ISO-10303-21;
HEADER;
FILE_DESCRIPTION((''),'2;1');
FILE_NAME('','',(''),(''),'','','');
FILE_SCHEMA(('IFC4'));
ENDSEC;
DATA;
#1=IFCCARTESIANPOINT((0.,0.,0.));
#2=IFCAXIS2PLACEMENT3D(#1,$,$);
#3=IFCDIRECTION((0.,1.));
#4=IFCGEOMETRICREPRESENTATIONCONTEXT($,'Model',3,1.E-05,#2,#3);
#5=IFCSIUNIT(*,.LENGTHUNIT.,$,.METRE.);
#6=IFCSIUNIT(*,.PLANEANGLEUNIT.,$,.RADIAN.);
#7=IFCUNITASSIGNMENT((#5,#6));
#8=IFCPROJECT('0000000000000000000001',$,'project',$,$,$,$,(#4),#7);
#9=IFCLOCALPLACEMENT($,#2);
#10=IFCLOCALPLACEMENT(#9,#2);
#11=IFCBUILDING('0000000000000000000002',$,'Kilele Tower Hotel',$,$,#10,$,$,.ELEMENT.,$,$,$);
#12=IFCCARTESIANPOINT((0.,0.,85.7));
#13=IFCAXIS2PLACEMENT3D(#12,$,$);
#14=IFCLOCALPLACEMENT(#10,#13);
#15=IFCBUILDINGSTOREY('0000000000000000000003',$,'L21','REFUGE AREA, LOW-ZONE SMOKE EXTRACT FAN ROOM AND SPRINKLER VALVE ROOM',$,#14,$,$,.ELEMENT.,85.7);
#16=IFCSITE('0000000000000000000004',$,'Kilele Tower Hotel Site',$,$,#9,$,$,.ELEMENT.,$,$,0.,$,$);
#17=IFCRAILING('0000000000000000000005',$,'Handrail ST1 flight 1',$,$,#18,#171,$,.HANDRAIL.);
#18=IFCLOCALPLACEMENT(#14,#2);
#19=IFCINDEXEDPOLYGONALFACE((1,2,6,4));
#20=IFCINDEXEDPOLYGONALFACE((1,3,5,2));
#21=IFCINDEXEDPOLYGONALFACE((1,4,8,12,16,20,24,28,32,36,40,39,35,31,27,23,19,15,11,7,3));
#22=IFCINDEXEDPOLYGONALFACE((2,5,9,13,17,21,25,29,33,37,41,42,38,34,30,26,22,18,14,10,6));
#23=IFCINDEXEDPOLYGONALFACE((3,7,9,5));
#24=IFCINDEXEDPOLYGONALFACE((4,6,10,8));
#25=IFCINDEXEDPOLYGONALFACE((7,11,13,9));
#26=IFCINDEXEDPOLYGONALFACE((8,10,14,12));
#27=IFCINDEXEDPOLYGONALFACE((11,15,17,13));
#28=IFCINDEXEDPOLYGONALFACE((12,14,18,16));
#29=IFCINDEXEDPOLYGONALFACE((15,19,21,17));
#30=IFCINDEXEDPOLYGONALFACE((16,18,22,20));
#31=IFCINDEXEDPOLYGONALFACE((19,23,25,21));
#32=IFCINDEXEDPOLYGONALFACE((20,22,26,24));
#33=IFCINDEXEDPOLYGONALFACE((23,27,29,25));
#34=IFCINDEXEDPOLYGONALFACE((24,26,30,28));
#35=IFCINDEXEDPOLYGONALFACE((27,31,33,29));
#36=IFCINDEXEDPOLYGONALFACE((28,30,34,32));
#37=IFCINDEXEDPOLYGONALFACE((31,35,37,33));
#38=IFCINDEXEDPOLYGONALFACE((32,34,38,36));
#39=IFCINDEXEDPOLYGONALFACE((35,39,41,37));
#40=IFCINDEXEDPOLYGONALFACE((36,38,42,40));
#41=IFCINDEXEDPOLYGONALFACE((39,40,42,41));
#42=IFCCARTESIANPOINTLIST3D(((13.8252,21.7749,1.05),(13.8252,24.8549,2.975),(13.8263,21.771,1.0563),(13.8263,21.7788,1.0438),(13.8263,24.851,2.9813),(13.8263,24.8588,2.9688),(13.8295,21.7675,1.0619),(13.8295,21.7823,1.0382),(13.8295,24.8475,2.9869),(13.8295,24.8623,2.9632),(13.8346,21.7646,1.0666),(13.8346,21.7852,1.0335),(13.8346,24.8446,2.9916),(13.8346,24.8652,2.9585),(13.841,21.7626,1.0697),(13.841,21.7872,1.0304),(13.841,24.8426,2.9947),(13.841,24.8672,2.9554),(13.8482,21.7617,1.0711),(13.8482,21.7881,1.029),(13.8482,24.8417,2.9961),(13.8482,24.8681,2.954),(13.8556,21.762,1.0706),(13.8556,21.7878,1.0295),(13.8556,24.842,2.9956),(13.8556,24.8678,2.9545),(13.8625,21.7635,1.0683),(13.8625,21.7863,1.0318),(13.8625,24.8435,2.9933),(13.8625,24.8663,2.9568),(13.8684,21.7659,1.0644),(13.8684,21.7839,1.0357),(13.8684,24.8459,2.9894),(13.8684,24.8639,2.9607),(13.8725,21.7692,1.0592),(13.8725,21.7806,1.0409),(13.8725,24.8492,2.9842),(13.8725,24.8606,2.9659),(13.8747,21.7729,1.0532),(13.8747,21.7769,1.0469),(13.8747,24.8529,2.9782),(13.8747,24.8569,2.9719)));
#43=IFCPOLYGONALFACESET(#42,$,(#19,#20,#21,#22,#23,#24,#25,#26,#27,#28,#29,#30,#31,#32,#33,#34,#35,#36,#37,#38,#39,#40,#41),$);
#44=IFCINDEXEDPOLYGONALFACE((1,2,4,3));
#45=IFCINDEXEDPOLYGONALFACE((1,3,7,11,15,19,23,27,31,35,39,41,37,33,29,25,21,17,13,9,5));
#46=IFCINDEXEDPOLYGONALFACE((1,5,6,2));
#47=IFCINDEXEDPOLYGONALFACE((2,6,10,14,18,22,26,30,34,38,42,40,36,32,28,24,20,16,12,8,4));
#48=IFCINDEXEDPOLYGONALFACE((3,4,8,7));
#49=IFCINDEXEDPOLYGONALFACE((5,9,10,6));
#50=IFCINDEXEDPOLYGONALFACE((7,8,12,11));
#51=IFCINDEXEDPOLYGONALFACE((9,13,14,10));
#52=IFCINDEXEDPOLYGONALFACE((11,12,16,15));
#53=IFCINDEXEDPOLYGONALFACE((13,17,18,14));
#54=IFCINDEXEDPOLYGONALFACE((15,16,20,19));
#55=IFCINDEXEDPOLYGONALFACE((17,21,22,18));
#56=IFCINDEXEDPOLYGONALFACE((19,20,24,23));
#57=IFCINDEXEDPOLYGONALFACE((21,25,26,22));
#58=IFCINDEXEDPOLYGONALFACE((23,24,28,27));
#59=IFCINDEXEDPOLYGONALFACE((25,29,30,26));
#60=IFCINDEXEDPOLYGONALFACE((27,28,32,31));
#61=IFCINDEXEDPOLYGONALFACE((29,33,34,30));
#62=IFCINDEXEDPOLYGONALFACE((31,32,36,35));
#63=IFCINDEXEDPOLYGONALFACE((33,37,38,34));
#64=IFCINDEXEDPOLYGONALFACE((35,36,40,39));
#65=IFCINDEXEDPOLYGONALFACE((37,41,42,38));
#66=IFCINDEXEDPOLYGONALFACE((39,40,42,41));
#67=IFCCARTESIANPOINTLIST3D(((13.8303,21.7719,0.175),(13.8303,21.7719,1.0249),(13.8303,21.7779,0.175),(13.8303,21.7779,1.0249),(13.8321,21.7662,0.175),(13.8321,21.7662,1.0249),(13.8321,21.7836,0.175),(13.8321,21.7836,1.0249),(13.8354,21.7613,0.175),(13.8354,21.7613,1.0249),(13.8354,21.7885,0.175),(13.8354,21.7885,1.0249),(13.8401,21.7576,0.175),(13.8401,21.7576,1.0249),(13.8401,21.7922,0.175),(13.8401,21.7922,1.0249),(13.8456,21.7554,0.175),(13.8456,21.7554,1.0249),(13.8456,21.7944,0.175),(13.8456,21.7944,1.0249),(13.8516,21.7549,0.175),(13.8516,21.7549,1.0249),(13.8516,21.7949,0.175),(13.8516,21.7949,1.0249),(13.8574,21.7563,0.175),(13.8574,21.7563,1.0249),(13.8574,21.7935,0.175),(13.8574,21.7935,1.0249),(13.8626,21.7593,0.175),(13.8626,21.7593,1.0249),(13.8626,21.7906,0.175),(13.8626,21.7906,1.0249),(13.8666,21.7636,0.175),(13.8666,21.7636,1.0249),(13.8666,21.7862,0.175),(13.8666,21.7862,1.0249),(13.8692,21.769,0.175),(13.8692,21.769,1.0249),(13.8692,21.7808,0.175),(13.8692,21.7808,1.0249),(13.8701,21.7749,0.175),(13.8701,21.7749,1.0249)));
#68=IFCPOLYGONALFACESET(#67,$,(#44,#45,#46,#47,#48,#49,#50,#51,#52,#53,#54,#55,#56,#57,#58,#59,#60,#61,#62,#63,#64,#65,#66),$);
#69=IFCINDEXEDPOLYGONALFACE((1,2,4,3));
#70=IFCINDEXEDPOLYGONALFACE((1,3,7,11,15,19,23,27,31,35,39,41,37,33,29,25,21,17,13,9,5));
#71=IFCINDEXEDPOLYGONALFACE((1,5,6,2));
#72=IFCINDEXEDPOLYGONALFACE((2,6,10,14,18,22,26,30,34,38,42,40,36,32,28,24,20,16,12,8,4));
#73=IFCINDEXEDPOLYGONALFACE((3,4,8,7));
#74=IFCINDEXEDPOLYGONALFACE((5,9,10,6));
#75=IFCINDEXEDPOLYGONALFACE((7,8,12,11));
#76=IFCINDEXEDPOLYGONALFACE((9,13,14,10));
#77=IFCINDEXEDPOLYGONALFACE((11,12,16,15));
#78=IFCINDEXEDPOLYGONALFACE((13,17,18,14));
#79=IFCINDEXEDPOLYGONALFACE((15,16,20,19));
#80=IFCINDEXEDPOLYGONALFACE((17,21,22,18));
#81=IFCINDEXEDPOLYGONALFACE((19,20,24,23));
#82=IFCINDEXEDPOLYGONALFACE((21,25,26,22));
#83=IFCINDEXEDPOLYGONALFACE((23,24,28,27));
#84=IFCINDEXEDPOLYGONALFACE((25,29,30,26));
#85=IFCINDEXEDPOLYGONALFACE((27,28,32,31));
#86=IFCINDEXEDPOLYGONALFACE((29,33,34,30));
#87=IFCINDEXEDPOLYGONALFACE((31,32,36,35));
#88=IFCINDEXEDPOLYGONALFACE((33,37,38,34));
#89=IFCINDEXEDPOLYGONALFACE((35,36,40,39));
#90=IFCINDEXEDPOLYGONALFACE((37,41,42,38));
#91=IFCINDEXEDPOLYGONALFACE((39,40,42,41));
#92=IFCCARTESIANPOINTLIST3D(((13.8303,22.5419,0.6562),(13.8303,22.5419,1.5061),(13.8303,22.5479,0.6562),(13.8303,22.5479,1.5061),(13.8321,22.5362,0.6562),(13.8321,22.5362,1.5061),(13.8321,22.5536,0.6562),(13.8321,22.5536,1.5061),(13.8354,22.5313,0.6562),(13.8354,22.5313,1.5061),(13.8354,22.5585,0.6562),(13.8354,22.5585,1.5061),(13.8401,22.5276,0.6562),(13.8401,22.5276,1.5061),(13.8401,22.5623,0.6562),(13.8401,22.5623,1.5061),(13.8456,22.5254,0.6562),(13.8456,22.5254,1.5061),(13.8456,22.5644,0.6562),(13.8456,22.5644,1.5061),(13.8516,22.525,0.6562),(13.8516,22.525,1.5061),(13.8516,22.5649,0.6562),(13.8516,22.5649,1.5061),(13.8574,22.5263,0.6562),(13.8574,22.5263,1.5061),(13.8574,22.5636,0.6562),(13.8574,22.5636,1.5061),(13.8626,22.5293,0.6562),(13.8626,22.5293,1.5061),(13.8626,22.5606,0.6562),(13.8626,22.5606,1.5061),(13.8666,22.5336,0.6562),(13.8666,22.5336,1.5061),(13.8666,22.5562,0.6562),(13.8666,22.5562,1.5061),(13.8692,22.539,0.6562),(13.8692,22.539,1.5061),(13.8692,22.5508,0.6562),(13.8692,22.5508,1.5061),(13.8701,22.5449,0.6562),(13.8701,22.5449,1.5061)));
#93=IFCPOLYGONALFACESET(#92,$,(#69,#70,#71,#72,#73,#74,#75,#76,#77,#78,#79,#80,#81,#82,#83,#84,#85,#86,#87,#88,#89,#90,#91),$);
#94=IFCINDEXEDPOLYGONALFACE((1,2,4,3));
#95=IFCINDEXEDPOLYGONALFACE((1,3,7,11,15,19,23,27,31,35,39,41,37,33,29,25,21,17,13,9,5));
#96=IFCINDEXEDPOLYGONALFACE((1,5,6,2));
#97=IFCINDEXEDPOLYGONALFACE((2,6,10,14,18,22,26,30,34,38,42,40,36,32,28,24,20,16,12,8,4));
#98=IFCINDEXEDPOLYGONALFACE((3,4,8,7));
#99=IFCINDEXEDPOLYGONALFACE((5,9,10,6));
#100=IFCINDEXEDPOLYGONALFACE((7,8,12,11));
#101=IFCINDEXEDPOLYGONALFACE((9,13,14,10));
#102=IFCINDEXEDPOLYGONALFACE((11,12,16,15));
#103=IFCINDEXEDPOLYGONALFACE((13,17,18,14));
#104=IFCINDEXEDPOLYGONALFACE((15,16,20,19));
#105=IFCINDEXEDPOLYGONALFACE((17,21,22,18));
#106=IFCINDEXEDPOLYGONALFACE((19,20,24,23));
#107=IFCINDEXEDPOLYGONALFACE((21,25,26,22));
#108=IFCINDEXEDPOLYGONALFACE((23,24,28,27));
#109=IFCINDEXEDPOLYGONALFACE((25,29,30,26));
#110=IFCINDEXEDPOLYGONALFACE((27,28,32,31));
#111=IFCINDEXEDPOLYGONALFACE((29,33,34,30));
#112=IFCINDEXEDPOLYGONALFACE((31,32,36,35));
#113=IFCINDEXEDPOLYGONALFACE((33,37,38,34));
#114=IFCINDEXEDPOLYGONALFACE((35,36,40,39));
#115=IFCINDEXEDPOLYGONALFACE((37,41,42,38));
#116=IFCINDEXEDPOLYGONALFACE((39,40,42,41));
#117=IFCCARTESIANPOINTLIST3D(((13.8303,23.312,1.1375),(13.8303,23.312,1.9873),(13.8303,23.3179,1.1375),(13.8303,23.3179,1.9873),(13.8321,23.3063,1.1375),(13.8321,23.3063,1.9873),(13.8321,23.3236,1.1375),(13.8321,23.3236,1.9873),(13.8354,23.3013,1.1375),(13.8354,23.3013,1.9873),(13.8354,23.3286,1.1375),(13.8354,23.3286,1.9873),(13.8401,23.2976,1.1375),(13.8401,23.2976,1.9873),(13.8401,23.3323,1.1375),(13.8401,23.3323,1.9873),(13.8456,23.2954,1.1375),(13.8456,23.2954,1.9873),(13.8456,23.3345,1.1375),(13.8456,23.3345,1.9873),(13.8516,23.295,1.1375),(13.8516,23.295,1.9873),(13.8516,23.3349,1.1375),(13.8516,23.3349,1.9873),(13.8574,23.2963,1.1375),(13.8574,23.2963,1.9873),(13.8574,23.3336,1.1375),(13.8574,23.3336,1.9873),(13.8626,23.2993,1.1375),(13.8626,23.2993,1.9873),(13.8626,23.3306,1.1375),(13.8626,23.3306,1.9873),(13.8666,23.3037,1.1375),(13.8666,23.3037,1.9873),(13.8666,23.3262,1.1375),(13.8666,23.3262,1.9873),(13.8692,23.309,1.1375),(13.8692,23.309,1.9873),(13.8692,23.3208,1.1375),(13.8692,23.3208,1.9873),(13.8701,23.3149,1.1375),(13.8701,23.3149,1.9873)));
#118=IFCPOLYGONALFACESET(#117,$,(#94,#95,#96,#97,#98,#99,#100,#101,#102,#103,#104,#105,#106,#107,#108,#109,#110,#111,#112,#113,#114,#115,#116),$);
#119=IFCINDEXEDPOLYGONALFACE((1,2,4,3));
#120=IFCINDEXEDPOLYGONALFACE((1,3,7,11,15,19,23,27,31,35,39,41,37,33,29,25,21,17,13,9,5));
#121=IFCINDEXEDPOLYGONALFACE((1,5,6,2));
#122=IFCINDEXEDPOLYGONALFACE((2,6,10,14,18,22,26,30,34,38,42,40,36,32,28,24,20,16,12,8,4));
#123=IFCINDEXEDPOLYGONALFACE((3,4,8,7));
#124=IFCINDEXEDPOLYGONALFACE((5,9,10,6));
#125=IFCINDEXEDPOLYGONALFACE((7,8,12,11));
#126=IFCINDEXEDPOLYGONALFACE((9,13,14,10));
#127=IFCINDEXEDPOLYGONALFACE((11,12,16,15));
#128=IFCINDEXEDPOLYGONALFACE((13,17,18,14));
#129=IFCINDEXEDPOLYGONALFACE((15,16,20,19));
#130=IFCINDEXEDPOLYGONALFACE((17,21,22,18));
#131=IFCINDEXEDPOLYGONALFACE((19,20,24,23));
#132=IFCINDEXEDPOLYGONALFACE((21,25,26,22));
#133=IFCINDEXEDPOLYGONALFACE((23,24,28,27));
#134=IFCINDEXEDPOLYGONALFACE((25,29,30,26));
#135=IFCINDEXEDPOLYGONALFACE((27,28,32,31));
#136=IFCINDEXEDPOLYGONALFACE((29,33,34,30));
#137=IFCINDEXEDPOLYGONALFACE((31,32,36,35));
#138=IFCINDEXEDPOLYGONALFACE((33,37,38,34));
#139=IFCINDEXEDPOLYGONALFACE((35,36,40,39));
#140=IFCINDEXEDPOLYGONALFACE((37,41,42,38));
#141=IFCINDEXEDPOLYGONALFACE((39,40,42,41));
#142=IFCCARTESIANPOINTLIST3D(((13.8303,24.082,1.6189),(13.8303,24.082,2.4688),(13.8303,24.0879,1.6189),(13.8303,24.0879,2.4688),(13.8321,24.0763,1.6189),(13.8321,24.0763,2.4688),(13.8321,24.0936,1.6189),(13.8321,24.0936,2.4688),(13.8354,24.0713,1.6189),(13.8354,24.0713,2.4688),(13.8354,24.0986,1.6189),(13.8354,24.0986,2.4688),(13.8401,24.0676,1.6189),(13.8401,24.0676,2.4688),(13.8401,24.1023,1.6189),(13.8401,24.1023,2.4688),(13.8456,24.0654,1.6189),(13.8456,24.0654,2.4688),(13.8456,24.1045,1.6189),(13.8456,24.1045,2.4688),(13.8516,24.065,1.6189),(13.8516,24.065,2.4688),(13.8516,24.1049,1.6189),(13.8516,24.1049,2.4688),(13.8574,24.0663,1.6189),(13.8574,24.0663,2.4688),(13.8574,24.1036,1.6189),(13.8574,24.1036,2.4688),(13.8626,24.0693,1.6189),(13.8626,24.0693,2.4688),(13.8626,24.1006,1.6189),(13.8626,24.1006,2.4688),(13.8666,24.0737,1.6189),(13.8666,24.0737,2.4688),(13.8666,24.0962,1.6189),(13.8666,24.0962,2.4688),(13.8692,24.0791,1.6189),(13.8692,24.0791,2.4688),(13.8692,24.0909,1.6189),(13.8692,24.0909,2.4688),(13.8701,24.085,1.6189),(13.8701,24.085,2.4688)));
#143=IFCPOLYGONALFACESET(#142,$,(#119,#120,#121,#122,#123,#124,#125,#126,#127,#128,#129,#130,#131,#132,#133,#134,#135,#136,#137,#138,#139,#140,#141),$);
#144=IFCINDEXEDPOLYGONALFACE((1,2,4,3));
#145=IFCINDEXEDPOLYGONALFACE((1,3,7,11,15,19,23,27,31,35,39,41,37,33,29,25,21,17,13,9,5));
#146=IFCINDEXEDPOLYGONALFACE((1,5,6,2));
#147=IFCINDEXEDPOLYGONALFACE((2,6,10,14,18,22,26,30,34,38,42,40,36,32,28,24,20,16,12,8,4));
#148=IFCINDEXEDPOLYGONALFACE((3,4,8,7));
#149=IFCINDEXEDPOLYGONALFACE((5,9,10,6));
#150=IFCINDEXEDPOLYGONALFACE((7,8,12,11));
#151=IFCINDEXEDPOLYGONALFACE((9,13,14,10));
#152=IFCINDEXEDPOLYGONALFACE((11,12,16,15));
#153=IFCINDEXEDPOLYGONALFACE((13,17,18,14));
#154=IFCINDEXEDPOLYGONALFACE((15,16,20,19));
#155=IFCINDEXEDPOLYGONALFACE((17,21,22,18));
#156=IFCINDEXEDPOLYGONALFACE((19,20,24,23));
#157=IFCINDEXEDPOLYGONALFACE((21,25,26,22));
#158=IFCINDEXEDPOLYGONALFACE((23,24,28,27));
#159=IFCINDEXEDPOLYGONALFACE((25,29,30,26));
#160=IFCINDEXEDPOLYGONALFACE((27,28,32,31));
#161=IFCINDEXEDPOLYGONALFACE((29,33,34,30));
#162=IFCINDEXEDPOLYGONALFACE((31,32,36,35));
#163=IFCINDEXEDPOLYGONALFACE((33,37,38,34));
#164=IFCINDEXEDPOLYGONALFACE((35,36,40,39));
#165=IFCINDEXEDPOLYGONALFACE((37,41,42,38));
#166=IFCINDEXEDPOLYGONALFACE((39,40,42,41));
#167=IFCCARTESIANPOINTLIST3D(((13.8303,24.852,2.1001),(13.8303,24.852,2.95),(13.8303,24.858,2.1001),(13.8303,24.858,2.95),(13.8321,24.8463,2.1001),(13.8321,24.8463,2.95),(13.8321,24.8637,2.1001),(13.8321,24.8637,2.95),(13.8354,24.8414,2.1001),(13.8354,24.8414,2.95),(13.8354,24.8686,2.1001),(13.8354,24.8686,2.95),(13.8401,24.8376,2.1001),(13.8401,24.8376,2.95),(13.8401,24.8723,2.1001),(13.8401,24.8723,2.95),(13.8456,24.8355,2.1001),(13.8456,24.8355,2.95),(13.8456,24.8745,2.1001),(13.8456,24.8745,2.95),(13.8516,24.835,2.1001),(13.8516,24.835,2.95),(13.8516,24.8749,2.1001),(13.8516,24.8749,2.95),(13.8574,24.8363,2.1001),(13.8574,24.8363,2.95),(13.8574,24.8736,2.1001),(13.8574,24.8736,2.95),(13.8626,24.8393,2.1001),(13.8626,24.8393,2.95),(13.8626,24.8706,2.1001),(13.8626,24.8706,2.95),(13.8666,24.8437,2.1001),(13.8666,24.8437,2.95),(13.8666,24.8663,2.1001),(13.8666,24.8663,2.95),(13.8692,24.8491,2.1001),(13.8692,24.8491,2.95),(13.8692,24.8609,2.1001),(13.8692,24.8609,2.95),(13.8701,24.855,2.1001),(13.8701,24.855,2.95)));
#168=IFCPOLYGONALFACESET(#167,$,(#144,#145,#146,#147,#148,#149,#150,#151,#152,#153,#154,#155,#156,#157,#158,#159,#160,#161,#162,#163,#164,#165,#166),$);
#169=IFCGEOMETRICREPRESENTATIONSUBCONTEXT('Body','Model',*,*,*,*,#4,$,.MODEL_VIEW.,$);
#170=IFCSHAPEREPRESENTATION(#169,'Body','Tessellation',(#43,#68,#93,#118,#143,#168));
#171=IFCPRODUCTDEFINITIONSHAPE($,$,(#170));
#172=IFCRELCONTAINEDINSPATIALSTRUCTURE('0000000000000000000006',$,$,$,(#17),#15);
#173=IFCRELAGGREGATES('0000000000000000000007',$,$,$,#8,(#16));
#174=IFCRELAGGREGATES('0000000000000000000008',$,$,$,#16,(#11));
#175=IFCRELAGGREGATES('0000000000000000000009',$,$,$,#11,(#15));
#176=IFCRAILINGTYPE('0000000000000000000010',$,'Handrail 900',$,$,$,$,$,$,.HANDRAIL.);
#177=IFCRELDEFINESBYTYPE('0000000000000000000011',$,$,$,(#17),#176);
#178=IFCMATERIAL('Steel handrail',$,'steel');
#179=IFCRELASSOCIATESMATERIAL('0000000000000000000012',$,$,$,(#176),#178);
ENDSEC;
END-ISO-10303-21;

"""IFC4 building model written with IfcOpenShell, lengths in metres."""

from ifc_helpers import new_model, si_unit, direction, frame, origin, origin_2d, place, context, subcontext, project, spatial, circle, extrude, material, type_object, element, save


model = new_model("IFC4")

# Units and contexts
model_context = context("Model", 3, precision=1e-05, world=origin(), true_north=direction((0.0, 1.0)))
body_context = subcontext(model_context, "Body", "Model", "MODEL_VIEW")
ifc_project = project(units=[si_unit("LENGTHUNIT", "METRE"), si_unit("PLANEANGLEUNIT", "RADIAN")], contexts=[model_context])

# Site, building, storey
site_placement = place(None, origin())
site = spatial("IfcSite", under=ifc_project, at=site_placement, Name="Kilele Tower Hotel Site", CompositionType="ELEMENT", RefElevation=0.0)
building_placement = place(site_placement, origin())
building = spatial("IfcBuilding", under=site, at=building_placement, Name="Kilele Tower Hotel", CompositionType="ELEMENT")
storey_placement = place(building_placement, frame((0.0, 0.0, 85.7)))
storey = spatial("IfcBuildingStorey", under=building, at=storey_placement, Name="L21", Description="REFUGE AREA, LOW-ZONE SMOKE EXTRACT FAN ROOM AND SPRINKLER VALVE ROOM", CompositionType="ELEMENT", Elevation=85.7)

# Railing
ifc_material_1 = material(Name="Steel handrail", Category="steel")
railing_type_1 = type_object("IfcRailingType", Name="Handrail 900", PredefinedType="HANDRAIL", material=ifc_material_1)
for number, where, name in (
    (1, (13.8501, 21.7749, 0.175), "Handrail ST1 flight 1"),
):
    element("IfcRailing", number, at=place(storey_placement, frame(where)), inside=storey, type_object=railing_type_1, Name=name, PredefinedType="HANDRAIL", context=body_context, shape_type="SweptSolid", body=[
        extrude(circle(Radius=0.0249, at=origin_2d()), frame((0.0, 0.0, 0.875), z_axis=(0.0, 0.847998, 0.529999), x_axis=(-1.0, 0.0, 0.0)), (0.0, 0.0, 1.0), 3.6321),
        extrude(circle(Radius=0.02, at=origin_2d()), origin(), (0.0, 0.0, 1.0), 0.8499),
        extrude(circle(Radius=0.02, at=origin_2d()), frame((0.0, 0.77, 0.4812)), (0.0, 0.0, 1.0), 0.8499),
        extrude(circle(Radius=0.02, at=origin_2d()), frame((0.0, 1.54, 0.9624)), (0.0, 0.0, 1.0), 0.8499),
        extrude(circle(Radius=0.02, at=origin_2d()), frame((0.0, 2.3101, 1.4438)), (0.0, 0.0, 1.0), 0.8499),
        extrude(circle(Radius=0.02, at=origin_2d()), frame((0.0, 3.0801, 1.925)), (0.0, 0.0, 1.0), 0.8499),
    ])

save(model, "model.ifc")
